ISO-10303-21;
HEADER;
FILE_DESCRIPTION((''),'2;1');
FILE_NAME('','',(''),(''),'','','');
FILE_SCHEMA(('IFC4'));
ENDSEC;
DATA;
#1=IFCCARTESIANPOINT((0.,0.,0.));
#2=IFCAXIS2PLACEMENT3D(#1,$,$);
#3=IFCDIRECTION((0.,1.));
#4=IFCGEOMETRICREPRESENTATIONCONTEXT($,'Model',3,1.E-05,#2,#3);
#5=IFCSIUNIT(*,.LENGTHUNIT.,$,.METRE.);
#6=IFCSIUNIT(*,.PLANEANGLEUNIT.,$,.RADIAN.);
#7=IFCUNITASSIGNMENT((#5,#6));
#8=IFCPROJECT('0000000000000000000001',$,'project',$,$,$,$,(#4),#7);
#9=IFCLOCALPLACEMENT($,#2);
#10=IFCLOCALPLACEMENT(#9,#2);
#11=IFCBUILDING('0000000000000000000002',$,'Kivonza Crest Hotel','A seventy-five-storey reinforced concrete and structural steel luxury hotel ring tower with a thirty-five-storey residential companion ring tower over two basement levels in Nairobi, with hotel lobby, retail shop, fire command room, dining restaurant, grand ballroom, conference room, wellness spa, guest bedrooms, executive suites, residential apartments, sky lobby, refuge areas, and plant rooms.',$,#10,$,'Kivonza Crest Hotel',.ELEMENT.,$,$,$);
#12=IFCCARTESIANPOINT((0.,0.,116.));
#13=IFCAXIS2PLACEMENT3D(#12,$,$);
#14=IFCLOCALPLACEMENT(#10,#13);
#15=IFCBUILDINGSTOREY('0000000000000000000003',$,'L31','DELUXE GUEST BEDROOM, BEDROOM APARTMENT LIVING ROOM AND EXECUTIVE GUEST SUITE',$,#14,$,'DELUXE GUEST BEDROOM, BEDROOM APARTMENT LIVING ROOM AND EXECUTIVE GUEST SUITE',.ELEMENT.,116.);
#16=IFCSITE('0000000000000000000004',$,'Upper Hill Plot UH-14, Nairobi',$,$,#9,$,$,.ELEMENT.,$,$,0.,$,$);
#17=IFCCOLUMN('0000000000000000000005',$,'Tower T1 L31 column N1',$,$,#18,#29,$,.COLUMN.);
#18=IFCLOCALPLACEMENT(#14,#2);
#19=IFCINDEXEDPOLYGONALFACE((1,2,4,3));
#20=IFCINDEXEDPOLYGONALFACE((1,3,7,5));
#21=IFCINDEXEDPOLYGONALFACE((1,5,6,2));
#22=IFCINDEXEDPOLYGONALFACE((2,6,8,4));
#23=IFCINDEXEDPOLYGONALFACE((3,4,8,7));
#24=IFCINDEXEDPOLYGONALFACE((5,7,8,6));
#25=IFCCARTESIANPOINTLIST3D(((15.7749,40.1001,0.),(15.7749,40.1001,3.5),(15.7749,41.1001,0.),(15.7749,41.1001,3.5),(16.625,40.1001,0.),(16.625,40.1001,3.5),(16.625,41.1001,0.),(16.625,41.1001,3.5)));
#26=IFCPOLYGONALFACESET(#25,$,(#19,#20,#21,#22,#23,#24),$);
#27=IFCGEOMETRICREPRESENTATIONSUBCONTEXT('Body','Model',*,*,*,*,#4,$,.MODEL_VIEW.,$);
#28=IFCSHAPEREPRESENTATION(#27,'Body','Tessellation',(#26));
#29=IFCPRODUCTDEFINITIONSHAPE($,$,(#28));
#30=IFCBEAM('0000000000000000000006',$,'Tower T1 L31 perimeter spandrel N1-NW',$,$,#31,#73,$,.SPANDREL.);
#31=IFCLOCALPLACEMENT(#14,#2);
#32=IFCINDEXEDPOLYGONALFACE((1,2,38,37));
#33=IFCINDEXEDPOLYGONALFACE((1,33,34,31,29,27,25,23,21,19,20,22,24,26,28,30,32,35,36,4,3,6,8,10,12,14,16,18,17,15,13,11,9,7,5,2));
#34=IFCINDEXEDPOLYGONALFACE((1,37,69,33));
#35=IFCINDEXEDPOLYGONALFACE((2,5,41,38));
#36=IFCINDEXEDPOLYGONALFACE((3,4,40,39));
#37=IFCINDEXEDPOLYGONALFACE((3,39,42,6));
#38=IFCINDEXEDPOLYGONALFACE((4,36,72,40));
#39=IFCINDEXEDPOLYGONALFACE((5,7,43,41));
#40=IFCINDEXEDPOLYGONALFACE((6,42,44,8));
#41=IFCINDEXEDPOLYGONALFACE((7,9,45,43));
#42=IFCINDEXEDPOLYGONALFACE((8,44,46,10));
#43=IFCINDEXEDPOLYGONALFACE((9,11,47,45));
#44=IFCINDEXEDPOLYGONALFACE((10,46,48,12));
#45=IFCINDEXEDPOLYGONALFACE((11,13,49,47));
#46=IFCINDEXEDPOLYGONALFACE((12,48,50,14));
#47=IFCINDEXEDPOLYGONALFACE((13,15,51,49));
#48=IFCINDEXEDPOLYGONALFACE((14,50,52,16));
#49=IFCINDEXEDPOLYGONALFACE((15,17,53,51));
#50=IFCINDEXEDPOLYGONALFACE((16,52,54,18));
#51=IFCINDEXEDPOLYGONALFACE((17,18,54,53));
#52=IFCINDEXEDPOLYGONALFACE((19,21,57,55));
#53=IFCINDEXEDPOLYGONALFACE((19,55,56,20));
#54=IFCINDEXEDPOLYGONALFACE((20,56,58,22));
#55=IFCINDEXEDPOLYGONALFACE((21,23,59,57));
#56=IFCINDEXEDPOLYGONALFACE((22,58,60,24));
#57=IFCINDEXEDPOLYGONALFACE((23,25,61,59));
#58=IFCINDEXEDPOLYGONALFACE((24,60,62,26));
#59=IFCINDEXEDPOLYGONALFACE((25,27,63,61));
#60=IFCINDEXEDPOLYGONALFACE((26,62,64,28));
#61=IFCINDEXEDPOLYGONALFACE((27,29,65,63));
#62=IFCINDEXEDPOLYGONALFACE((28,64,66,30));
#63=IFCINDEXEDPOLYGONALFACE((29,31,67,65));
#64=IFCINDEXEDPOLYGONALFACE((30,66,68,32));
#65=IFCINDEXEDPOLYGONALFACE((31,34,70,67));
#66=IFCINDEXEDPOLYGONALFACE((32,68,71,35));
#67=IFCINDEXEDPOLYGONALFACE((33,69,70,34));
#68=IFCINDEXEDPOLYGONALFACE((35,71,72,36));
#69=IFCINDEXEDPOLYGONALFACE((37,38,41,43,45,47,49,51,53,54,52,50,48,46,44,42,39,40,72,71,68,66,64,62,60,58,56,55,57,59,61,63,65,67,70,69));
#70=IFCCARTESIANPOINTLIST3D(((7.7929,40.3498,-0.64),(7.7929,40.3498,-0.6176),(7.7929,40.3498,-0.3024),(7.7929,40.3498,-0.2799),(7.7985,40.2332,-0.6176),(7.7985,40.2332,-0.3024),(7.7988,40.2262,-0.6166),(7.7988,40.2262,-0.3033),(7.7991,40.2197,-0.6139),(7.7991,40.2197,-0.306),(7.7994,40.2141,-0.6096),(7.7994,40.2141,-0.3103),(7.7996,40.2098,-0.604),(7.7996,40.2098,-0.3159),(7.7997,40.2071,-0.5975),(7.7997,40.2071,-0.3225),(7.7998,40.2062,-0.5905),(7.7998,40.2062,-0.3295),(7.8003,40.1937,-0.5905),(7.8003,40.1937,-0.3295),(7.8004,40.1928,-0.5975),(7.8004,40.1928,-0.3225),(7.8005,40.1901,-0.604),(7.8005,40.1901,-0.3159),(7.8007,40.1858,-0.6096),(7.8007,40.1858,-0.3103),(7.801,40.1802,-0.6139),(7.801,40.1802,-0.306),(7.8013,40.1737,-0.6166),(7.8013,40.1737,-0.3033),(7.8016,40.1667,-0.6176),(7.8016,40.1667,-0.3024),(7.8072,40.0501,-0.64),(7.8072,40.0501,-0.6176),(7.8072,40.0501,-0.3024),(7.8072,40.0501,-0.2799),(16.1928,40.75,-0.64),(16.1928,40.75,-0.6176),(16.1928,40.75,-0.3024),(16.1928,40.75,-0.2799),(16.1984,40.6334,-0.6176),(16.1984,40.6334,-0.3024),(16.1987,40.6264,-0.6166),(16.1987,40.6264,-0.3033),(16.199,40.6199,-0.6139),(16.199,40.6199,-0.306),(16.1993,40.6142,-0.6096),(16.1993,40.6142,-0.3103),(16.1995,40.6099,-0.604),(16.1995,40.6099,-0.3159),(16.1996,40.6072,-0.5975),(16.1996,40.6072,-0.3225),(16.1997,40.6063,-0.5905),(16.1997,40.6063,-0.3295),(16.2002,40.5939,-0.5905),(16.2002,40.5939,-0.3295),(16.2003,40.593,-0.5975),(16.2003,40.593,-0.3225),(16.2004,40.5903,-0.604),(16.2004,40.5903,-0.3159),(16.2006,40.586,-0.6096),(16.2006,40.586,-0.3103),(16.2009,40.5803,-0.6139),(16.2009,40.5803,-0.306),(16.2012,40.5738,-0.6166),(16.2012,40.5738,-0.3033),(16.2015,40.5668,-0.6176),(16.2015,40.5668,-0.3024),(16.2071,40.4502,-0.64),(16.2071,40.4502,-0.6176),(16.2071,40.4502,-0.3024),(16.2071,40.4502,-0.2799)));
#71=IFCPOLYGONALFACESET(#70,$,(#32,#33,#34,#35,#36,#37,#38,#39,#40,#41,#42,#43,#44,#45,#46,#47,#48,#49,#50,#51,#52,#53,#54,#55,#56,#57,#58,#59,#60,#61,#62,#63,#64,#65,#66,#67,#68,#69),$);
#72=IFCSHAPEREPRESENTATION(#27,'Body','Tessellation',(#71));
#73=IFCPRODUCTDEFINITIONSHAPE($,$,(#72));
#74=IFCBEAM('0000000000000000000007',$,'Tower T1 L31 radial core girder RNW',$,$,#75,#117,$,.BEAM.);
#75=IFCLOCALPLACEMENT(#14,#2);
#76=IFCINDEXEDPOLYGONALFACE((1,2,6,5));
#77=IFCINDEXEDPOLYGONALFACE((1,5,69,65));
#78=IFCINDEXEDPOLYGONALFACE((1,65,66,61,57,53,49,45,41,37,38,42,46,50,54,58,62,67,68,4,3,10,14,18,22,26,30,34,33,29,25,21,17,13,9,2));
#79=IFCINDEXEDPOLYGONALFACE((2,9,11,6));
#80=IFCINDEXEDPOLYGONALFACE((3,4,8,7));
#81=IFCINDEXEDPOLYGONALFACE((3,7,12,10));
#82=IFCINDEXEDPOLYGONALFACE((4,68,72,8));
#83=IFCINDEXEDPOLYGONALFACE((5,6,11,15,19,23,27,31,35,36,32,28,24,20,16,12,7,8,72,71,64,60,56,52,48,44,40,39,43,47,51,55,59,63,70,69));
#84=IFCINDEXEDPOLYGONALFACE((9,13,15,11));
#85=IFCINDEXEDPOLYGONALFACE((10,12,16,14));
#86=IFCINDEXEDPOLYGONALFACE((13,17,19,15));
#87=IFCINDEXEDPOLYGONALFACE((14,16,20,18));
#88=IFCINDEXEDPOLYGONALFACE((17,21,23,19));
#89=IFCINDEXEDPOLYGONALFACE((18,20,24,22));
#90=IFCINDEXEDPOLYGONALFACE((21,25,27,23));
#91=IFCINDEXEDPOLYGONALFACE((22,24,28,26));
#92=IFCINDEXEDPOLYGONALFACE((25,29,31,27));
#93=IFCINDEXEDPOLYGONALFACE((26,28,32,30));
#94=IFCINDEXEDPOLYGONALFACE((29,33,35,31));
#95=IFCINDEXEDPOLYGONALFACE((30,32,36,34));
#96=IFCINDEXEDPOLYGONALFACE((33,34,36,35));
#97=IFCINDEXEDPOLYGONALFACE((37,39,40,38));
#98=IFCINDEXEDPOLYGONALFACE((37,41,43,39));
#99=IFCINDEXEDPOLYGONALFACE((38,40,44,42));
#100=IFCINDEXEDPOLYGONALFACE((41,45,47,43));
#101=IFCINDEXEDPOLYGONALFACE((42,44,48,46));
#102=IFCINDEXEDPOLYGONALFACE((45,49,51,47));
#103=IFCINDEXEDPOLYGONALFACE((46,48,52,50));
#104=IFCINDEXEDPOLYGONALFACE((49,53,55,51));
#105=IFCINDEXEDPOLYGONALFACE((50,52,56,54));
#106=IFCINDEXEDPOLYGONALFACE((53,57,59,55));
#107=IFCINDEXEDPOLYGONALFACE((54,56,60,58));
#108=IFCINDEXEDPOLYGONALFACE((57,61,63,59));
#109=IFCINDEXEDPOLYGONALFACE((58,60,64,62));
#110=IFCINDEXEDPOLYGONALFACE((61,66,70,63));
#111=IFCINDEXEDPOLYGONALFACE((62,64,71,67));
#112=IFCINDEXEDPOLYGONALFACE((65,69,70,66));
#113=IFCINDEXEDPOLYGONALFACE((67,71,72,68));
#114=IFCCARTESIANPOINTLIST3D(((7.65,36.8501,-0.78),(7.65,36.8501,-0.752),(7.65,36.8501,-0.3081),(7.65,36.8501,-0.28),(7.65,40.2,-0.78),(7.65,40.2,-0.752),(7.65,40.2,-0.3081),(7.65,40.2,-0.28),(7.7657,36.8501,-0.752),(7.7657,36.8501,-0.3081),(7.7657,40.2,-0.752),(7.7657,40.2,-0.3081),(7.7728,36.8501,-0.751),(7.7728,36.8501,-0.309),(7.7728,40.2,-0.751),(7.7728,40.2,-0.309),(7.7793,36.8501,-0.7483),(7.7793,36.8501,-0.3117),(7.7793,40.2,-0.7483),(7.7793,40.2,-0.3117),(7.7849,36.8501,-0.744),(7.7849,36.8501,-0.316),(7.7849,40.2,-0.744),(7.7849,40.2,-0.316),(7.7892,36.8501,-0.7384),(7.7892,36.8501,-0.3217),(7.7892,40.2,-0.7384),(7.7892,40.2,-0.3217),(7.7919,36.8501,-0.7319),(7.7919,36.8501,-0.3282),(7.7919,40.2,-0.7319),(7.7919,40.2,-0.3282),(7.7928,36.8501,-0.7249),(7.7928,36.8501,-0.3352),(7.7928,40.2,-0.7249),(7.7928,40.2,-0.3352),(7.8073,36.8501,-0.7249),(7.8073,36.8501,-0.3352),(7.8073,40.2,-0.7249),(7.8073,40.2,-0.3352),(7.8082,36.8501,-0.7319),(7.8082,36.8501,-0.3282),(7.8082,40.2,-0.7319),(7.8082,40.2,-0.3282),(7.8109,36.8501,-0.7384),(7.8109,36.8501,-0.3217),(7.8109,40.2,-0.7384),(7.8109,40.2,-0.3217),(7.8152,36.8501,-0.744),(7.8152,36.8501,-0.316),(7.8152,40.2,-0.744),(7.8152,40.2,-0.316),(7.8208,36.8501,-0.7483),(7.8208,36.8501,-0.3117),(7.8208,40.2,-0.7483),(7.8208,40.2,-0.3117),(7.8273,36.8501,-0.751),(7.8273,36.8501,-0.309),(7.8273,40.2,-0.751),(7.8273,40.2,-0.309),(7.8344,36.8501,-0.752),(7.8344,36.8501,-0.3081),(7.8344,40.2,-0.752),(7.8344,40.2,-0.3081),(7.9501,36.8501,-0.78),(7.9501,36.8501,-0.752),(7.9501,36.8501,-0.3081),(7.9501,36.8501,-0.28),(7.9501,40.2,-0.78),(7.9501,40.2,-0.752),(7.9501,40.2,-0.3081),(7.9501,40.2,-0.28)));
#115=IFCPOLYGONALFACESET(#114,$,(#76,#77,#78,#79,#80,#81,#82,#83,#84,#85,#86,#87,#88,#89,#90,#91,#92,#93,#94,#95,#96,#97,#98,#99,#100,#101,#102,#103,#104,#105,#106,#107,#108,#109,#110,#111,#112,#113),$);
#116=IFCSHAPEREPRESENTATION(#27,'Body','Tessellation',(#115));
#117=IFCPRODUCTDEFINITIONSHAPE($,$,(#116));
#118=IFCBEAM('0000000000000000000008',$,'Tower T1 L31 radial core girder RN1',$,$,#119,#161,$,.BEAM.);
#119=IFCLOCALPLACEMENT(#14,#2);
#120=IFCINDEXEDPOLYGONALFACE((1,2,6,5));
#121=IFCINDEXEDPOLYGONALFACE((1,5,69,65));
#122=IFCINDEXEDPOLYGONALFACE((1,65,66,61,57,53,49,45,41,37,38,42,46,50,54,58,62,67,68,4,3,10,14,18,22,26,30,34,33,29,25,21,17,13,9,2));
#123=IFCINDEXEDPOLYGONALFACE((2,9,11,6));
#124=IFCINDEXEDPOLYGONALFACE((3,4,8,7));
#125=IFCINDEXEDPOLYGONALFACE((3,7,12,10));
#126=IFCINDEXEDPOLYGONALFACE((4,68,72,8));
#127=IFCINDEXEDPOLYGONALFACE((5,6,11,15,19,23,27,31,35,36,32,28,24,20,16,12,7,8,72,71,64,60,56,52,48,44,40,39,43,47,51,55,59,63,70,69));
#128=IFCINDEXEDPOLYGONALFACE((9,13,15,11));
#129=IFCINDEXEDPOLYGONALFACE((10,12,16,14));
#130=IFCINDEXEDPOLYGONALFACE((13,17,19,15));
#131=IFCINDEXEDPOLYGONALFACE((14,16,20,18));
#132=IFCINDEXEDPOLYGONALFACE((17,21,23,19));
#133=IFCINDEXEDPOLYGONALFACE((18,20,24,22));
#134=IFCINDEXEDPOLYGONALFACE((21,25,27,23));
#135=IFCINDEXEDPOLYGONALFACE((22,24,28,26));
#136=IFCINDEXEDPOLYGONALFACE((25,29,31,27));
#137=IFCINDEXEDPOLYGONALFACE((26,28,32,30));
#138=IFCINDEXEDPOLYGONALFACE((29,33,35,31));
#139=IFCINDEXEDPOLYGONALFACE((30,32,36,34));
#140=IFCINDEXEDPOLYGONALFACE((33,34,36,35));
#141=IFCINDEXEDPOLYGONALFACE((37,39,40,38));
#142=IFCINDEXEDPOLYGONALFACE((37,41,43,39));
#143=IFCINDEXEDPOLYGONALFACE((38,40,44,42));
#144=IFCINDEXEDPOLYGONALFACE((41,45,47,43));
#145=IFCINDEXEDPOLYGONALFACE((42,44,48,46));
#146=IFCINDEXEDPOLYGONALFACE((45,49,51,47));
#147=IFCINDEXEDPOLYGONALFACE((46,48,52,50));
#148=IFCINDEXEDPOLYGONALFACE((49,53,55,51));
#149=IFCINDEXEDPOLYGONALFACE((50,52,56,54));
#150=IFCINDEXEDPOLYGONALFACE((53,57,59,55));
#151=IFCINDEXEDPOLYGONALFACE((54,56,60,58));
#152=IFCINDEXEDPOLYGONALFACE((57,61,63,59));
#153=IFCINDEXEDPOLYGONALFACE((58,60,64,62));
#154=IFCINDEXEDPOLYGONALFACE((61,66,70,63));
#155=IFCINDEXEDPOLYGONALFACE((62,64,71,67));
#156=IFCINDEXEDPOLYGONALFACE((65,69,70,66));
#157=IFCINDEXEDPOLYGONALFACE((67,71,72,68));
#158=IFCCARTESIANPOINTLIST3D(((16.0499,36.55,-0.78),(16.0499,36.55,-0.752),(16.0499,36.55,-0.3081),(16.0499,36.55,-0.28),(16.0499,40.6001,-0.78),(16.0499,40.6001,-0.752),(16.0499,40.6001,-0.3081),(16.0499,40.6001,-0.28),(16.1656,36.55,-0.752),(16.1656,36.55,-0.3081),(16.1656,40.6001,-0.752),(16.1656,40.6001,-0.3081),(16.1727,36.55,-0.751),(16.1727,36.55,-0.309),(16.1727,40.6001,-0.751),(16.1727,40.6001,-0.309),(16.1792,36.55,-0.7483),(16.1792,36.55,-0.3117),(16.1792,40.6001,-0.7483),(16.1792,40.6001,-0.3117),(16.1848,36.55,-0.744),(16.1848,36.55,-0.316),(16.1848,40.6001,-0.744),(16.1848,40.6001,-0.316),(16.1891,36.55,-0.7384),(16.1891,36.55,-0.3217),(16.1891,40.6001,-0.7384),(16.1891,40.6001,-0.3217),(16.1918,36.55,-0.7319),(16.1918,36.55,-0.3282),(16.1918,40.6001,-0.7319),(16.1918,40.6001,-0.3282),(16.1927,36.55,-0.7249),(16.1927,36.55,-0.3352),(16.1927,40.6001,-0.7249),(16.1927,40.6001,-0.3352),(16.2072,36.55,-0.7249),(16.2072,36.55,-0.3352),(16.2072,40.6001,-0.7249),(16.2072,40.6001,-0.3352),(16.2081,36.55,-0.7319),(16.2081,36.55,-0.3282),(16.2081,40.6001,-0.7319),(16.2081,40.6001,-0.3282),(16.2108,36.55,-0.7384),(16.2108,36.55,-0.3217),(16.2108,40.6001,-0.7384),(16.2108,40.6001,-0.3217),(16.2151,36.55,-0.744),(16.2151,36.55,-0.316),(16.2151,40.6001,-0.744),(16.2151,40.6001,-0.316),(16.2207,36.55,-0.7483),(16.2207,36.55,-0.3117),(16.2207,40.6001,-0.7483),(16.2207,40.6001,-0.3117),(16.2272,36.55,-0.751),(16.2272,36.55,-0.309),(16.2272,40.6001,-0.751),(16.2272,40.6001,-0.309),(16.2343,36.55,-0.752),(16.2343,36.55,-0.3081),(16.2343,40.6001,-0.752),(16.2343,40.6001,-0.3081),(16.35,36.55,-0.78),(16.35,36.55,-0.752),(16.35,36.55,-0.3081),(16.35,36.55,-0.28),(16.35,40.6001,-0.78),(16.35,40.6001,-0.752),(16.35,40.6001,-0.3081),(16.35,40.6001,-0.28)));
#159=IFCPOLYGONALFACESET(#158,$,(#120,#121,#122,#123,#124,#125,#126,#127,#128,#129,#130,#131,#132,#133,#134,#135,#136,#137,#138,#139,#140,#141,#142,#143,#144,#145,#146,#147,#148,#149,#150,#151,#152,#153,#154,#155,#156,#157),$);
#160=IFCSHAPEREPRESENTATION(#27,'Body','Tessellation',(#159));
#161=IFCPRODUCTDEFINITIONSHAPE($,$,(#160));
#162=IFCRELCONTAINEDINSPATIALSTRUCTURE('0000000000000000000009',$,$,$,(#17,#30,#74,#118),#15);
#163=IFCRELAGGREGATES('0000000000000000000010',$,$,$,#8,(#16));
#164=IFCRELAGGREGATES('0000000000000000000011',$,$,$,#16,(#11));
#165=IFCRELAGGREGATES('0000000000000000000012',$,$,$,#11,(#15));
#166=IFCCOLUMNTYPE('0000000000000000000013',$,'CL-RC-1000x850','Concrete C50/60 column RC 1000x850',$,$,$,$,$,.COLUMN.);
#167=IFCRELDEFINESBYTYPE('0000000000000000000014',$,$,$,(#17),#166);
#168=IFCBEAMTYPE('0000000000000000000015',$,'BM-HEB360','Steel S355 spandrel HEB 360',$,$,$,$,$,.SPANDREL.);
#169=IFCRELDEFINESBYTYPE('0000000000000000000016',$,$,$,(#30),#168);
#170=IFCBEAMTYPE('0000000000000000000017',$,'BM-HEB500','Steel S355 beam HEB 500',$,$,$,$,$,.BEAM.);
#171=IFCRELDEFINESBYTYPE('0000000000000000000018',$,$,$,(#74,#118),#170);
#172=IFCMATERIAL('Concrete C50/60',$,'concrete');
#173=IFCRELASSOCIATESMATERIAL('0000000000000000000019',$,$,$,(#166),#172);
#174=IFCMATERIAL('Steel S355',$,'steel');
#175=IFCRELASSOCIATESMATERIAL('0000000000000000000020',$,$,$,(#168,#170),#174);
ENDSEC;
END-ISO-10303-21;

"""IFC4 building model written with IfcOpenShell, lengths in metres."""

from ifc_helpers import new_model, si_unit, direction, frame, origin, origin_2d, place, context, subcontext, project, spatial, rectangle, i_section, extrude, material, material_profile, profile_set, type_object, element, save


model = new_model("IFC4")

# Units and contexts
model_context = context("Model", 3, precision=1e-05, world=origin(), true_north=direction((0.0, 1.0)))
body_context = subcontext(model_context, "Body", "Model", "MODEL_VIEW")
ifc_project = project(units=[si_unit("LENGTHUNIT", "METRE"), si_unit("PLANEANGLEUNIT", "RADIAN")], contexts=[model_context])

# Site, building, storey
site_placement = place(None, origin())
site = spatial("IfcSite", under=ifc_project, at=site_placement, Name="Upper Hill Plot UH-14, Nairobi", CompositionType="ELEMENT", RefElevation=0.0)
building_placement = place(site_placement, origin())
building = spatial("IfcBuilding", under=site, at=building_placement, Name="Kivonza Crest Hotel", Description="A seventy-five-storey reinforced concrete and structural steel luxury hotel ring tower with a thirty-five-storey residential companion ring tower over two basement levels in Nairobi, with hotel lobby, retail shop, fire command room, dining restaurant, grand ballroom, conference room, wellness spa, guest bedrooms, executive suites, residential apartments, sky lobby, refuge areas, and plant rooms.", LongName="Kivonza Crest Hotel", CompositionType="ELEMENT")
storey_placement = place(building_placement, frame((0.0, 0.0, 116.0)))
storey = spatial("IfcBuildingStorey", under=building, at=storey_placement, Name="L31", Description="DELUXE GUEST BEDROOM, BEDROOM APARTMENT LIVING ROOM AND EXECUTIVE GUEST SUITE", LongName="DELUXE GUEST BEDROOM, BEDROOM APARTMENT LIVING ROOM AND EXECUTIVE GUEST SUITE", CompositionType="ELEMENT", Elevation=116.0)

# Column
ifc_material_1 = material(Name="Concrete C50/60", Category="concrete")
ifc_material_profile_1 = material_profile(ifc_material_1, rectangle(XDim=0.8501, YDim=1.0, at=origin_2d()), Name="RC 1000x850")
ifc_profile_set_1 = profile_set([ifc_material_profile_1], Name="Concrete C50/60")
column_type = type_object("IfcColumnType", Name="CL-RC-1000x850", Description="Concrete C50/60 column RC 1000x850", PredefinedType="COLUMN", material=ifc_profile_set_1)
column_placement = place(storey_placement, frame((16.2, 40.6001, 0.0), z_axis=(0.0, 0.0, 1.0), x_axis=(1.0, 0.0, 0.0)))
element("IfcColumn", 1, at=column_placement, inside=storey, type_object=column_type, Name="Tower T1 L31 column N1", PredefinedType="COLUMN", context=body_context, shape_type="SweptSolid", body=[
    extrude(rectangle(XDim=0.8501, YDim=1.0, at=origin_2d()), origin(), (0.0, 0.0, 1.0), 3.5),
])

# Beams
ifc_material_2 = material(Name="Steel S355", Category="steel")
ifc_material_profile_2 = material_profile(ifc_material_2, i_section(OverallWidth=0.3, OverallDepth=0.3601, WebThickness=0.0125, FlangeThickness=0.0225, FilletRadius=0.0271, at=origin_2d()), Name="HEB 360")
ifc_profile_set_2 = profile_set([ifc_material_profile_2], Name="Steel S355")
beam_type_1 = type_object("IfcBeamType", Name="BM-HEB360", Description="Steel S355 spandrel HEB 360", PredefinedType="SPANDREL", material=ifc_profile_set_2)
beam_1_placement = place(storey_placement, frame((16.2, 40.6001, -0.46), z_axis=(-0.998867, -0.047583, 0.0), x_axis=(0.047583, -0.998867, 0.0)))
element("IfcBeam", 2, at=beam_1_placement, inside=storey, type_object=beam_type_1, Name="Tower T1 L31 perimeter spandrel N1-NW", PredefinedType="SPANDREL", context=body_context, shape_type="SweptSolid", body=[
    extrude(i_section(OverallWidth=0.3, OverallDepth=0.3601, WebThickness=0.0125, FlangeThickness=0.0225, FilletRadius=0.0271, at=origin_2d()), origin(), (0.0, 0.0, 1.0), 8.4094),
])
ifc_material_profile_3 = material_profile(ifc_material_2, i_section(OverallWidth=0.3, OverallDepth=0.5, WebThickness=0.0144, FlangeThickness=0.0281, FilletRadius=0.0271, at=origin_2d()), Name="HEB 500")
ifc_profile_set_3 = profile_set([ifc_material_profile_3], Name="Steel S355")
beam_type_2 = type_object("IfcBeamType", Name="BM-HEB500", Description="Steel S355 beam HEB 500", PredefinedType="BEAM", material=ifc_profile_set_3)
beam_2_placement = place(storey_placement, frame((7.8, 40.2, -0.53), z_axis=(0.0, -1.0, 0.0), x_axis=(1.0, 0.0, 0.0)))
element("IfcBeam", 3, at=beam_2_placement, inside=storey, type_object=beam_type_2, Name="Tower T1 L31 radial core girder RNW", PredefinedType="BEAM", context=body_context, shape_type="SweptSolid", body=[
    extrude(i_section(OverallWidth=0.3, OverallDepth=0.5, WebThickness=0.0144, FlangeThickness=0.0281, FilletRadius=0.0271, at=origin_2d()), origin(), (0.0, 0.0, 1.0), 3.3499),
])
beam_3_placement = place(storey_placement, frame((16.2, 40.6001, -0.53), z_axis=(0.0, -1.0, 0.0), x_axis=(1.0, 0.0, 0.0)))
element("IfcBeam", 4, at=beam_3_placement, inside=storey, type_object=beam_type_2, Name="Tower T1 L31 radial core girder RN1", PredefinedType="BEAM", context=body_context, shape_type="SweptSolid", body=[
    extrude(i_section(OverallWidth=0.3, OverallDepth=0.5, WebThickness=0.0144, FlangeThickness=0.0281, FilletRadius=0.0271, at=origin_2d()), origin(), (0.0, 0.0, 1.0), 4.05),
])

save(model, "model.ifc")
